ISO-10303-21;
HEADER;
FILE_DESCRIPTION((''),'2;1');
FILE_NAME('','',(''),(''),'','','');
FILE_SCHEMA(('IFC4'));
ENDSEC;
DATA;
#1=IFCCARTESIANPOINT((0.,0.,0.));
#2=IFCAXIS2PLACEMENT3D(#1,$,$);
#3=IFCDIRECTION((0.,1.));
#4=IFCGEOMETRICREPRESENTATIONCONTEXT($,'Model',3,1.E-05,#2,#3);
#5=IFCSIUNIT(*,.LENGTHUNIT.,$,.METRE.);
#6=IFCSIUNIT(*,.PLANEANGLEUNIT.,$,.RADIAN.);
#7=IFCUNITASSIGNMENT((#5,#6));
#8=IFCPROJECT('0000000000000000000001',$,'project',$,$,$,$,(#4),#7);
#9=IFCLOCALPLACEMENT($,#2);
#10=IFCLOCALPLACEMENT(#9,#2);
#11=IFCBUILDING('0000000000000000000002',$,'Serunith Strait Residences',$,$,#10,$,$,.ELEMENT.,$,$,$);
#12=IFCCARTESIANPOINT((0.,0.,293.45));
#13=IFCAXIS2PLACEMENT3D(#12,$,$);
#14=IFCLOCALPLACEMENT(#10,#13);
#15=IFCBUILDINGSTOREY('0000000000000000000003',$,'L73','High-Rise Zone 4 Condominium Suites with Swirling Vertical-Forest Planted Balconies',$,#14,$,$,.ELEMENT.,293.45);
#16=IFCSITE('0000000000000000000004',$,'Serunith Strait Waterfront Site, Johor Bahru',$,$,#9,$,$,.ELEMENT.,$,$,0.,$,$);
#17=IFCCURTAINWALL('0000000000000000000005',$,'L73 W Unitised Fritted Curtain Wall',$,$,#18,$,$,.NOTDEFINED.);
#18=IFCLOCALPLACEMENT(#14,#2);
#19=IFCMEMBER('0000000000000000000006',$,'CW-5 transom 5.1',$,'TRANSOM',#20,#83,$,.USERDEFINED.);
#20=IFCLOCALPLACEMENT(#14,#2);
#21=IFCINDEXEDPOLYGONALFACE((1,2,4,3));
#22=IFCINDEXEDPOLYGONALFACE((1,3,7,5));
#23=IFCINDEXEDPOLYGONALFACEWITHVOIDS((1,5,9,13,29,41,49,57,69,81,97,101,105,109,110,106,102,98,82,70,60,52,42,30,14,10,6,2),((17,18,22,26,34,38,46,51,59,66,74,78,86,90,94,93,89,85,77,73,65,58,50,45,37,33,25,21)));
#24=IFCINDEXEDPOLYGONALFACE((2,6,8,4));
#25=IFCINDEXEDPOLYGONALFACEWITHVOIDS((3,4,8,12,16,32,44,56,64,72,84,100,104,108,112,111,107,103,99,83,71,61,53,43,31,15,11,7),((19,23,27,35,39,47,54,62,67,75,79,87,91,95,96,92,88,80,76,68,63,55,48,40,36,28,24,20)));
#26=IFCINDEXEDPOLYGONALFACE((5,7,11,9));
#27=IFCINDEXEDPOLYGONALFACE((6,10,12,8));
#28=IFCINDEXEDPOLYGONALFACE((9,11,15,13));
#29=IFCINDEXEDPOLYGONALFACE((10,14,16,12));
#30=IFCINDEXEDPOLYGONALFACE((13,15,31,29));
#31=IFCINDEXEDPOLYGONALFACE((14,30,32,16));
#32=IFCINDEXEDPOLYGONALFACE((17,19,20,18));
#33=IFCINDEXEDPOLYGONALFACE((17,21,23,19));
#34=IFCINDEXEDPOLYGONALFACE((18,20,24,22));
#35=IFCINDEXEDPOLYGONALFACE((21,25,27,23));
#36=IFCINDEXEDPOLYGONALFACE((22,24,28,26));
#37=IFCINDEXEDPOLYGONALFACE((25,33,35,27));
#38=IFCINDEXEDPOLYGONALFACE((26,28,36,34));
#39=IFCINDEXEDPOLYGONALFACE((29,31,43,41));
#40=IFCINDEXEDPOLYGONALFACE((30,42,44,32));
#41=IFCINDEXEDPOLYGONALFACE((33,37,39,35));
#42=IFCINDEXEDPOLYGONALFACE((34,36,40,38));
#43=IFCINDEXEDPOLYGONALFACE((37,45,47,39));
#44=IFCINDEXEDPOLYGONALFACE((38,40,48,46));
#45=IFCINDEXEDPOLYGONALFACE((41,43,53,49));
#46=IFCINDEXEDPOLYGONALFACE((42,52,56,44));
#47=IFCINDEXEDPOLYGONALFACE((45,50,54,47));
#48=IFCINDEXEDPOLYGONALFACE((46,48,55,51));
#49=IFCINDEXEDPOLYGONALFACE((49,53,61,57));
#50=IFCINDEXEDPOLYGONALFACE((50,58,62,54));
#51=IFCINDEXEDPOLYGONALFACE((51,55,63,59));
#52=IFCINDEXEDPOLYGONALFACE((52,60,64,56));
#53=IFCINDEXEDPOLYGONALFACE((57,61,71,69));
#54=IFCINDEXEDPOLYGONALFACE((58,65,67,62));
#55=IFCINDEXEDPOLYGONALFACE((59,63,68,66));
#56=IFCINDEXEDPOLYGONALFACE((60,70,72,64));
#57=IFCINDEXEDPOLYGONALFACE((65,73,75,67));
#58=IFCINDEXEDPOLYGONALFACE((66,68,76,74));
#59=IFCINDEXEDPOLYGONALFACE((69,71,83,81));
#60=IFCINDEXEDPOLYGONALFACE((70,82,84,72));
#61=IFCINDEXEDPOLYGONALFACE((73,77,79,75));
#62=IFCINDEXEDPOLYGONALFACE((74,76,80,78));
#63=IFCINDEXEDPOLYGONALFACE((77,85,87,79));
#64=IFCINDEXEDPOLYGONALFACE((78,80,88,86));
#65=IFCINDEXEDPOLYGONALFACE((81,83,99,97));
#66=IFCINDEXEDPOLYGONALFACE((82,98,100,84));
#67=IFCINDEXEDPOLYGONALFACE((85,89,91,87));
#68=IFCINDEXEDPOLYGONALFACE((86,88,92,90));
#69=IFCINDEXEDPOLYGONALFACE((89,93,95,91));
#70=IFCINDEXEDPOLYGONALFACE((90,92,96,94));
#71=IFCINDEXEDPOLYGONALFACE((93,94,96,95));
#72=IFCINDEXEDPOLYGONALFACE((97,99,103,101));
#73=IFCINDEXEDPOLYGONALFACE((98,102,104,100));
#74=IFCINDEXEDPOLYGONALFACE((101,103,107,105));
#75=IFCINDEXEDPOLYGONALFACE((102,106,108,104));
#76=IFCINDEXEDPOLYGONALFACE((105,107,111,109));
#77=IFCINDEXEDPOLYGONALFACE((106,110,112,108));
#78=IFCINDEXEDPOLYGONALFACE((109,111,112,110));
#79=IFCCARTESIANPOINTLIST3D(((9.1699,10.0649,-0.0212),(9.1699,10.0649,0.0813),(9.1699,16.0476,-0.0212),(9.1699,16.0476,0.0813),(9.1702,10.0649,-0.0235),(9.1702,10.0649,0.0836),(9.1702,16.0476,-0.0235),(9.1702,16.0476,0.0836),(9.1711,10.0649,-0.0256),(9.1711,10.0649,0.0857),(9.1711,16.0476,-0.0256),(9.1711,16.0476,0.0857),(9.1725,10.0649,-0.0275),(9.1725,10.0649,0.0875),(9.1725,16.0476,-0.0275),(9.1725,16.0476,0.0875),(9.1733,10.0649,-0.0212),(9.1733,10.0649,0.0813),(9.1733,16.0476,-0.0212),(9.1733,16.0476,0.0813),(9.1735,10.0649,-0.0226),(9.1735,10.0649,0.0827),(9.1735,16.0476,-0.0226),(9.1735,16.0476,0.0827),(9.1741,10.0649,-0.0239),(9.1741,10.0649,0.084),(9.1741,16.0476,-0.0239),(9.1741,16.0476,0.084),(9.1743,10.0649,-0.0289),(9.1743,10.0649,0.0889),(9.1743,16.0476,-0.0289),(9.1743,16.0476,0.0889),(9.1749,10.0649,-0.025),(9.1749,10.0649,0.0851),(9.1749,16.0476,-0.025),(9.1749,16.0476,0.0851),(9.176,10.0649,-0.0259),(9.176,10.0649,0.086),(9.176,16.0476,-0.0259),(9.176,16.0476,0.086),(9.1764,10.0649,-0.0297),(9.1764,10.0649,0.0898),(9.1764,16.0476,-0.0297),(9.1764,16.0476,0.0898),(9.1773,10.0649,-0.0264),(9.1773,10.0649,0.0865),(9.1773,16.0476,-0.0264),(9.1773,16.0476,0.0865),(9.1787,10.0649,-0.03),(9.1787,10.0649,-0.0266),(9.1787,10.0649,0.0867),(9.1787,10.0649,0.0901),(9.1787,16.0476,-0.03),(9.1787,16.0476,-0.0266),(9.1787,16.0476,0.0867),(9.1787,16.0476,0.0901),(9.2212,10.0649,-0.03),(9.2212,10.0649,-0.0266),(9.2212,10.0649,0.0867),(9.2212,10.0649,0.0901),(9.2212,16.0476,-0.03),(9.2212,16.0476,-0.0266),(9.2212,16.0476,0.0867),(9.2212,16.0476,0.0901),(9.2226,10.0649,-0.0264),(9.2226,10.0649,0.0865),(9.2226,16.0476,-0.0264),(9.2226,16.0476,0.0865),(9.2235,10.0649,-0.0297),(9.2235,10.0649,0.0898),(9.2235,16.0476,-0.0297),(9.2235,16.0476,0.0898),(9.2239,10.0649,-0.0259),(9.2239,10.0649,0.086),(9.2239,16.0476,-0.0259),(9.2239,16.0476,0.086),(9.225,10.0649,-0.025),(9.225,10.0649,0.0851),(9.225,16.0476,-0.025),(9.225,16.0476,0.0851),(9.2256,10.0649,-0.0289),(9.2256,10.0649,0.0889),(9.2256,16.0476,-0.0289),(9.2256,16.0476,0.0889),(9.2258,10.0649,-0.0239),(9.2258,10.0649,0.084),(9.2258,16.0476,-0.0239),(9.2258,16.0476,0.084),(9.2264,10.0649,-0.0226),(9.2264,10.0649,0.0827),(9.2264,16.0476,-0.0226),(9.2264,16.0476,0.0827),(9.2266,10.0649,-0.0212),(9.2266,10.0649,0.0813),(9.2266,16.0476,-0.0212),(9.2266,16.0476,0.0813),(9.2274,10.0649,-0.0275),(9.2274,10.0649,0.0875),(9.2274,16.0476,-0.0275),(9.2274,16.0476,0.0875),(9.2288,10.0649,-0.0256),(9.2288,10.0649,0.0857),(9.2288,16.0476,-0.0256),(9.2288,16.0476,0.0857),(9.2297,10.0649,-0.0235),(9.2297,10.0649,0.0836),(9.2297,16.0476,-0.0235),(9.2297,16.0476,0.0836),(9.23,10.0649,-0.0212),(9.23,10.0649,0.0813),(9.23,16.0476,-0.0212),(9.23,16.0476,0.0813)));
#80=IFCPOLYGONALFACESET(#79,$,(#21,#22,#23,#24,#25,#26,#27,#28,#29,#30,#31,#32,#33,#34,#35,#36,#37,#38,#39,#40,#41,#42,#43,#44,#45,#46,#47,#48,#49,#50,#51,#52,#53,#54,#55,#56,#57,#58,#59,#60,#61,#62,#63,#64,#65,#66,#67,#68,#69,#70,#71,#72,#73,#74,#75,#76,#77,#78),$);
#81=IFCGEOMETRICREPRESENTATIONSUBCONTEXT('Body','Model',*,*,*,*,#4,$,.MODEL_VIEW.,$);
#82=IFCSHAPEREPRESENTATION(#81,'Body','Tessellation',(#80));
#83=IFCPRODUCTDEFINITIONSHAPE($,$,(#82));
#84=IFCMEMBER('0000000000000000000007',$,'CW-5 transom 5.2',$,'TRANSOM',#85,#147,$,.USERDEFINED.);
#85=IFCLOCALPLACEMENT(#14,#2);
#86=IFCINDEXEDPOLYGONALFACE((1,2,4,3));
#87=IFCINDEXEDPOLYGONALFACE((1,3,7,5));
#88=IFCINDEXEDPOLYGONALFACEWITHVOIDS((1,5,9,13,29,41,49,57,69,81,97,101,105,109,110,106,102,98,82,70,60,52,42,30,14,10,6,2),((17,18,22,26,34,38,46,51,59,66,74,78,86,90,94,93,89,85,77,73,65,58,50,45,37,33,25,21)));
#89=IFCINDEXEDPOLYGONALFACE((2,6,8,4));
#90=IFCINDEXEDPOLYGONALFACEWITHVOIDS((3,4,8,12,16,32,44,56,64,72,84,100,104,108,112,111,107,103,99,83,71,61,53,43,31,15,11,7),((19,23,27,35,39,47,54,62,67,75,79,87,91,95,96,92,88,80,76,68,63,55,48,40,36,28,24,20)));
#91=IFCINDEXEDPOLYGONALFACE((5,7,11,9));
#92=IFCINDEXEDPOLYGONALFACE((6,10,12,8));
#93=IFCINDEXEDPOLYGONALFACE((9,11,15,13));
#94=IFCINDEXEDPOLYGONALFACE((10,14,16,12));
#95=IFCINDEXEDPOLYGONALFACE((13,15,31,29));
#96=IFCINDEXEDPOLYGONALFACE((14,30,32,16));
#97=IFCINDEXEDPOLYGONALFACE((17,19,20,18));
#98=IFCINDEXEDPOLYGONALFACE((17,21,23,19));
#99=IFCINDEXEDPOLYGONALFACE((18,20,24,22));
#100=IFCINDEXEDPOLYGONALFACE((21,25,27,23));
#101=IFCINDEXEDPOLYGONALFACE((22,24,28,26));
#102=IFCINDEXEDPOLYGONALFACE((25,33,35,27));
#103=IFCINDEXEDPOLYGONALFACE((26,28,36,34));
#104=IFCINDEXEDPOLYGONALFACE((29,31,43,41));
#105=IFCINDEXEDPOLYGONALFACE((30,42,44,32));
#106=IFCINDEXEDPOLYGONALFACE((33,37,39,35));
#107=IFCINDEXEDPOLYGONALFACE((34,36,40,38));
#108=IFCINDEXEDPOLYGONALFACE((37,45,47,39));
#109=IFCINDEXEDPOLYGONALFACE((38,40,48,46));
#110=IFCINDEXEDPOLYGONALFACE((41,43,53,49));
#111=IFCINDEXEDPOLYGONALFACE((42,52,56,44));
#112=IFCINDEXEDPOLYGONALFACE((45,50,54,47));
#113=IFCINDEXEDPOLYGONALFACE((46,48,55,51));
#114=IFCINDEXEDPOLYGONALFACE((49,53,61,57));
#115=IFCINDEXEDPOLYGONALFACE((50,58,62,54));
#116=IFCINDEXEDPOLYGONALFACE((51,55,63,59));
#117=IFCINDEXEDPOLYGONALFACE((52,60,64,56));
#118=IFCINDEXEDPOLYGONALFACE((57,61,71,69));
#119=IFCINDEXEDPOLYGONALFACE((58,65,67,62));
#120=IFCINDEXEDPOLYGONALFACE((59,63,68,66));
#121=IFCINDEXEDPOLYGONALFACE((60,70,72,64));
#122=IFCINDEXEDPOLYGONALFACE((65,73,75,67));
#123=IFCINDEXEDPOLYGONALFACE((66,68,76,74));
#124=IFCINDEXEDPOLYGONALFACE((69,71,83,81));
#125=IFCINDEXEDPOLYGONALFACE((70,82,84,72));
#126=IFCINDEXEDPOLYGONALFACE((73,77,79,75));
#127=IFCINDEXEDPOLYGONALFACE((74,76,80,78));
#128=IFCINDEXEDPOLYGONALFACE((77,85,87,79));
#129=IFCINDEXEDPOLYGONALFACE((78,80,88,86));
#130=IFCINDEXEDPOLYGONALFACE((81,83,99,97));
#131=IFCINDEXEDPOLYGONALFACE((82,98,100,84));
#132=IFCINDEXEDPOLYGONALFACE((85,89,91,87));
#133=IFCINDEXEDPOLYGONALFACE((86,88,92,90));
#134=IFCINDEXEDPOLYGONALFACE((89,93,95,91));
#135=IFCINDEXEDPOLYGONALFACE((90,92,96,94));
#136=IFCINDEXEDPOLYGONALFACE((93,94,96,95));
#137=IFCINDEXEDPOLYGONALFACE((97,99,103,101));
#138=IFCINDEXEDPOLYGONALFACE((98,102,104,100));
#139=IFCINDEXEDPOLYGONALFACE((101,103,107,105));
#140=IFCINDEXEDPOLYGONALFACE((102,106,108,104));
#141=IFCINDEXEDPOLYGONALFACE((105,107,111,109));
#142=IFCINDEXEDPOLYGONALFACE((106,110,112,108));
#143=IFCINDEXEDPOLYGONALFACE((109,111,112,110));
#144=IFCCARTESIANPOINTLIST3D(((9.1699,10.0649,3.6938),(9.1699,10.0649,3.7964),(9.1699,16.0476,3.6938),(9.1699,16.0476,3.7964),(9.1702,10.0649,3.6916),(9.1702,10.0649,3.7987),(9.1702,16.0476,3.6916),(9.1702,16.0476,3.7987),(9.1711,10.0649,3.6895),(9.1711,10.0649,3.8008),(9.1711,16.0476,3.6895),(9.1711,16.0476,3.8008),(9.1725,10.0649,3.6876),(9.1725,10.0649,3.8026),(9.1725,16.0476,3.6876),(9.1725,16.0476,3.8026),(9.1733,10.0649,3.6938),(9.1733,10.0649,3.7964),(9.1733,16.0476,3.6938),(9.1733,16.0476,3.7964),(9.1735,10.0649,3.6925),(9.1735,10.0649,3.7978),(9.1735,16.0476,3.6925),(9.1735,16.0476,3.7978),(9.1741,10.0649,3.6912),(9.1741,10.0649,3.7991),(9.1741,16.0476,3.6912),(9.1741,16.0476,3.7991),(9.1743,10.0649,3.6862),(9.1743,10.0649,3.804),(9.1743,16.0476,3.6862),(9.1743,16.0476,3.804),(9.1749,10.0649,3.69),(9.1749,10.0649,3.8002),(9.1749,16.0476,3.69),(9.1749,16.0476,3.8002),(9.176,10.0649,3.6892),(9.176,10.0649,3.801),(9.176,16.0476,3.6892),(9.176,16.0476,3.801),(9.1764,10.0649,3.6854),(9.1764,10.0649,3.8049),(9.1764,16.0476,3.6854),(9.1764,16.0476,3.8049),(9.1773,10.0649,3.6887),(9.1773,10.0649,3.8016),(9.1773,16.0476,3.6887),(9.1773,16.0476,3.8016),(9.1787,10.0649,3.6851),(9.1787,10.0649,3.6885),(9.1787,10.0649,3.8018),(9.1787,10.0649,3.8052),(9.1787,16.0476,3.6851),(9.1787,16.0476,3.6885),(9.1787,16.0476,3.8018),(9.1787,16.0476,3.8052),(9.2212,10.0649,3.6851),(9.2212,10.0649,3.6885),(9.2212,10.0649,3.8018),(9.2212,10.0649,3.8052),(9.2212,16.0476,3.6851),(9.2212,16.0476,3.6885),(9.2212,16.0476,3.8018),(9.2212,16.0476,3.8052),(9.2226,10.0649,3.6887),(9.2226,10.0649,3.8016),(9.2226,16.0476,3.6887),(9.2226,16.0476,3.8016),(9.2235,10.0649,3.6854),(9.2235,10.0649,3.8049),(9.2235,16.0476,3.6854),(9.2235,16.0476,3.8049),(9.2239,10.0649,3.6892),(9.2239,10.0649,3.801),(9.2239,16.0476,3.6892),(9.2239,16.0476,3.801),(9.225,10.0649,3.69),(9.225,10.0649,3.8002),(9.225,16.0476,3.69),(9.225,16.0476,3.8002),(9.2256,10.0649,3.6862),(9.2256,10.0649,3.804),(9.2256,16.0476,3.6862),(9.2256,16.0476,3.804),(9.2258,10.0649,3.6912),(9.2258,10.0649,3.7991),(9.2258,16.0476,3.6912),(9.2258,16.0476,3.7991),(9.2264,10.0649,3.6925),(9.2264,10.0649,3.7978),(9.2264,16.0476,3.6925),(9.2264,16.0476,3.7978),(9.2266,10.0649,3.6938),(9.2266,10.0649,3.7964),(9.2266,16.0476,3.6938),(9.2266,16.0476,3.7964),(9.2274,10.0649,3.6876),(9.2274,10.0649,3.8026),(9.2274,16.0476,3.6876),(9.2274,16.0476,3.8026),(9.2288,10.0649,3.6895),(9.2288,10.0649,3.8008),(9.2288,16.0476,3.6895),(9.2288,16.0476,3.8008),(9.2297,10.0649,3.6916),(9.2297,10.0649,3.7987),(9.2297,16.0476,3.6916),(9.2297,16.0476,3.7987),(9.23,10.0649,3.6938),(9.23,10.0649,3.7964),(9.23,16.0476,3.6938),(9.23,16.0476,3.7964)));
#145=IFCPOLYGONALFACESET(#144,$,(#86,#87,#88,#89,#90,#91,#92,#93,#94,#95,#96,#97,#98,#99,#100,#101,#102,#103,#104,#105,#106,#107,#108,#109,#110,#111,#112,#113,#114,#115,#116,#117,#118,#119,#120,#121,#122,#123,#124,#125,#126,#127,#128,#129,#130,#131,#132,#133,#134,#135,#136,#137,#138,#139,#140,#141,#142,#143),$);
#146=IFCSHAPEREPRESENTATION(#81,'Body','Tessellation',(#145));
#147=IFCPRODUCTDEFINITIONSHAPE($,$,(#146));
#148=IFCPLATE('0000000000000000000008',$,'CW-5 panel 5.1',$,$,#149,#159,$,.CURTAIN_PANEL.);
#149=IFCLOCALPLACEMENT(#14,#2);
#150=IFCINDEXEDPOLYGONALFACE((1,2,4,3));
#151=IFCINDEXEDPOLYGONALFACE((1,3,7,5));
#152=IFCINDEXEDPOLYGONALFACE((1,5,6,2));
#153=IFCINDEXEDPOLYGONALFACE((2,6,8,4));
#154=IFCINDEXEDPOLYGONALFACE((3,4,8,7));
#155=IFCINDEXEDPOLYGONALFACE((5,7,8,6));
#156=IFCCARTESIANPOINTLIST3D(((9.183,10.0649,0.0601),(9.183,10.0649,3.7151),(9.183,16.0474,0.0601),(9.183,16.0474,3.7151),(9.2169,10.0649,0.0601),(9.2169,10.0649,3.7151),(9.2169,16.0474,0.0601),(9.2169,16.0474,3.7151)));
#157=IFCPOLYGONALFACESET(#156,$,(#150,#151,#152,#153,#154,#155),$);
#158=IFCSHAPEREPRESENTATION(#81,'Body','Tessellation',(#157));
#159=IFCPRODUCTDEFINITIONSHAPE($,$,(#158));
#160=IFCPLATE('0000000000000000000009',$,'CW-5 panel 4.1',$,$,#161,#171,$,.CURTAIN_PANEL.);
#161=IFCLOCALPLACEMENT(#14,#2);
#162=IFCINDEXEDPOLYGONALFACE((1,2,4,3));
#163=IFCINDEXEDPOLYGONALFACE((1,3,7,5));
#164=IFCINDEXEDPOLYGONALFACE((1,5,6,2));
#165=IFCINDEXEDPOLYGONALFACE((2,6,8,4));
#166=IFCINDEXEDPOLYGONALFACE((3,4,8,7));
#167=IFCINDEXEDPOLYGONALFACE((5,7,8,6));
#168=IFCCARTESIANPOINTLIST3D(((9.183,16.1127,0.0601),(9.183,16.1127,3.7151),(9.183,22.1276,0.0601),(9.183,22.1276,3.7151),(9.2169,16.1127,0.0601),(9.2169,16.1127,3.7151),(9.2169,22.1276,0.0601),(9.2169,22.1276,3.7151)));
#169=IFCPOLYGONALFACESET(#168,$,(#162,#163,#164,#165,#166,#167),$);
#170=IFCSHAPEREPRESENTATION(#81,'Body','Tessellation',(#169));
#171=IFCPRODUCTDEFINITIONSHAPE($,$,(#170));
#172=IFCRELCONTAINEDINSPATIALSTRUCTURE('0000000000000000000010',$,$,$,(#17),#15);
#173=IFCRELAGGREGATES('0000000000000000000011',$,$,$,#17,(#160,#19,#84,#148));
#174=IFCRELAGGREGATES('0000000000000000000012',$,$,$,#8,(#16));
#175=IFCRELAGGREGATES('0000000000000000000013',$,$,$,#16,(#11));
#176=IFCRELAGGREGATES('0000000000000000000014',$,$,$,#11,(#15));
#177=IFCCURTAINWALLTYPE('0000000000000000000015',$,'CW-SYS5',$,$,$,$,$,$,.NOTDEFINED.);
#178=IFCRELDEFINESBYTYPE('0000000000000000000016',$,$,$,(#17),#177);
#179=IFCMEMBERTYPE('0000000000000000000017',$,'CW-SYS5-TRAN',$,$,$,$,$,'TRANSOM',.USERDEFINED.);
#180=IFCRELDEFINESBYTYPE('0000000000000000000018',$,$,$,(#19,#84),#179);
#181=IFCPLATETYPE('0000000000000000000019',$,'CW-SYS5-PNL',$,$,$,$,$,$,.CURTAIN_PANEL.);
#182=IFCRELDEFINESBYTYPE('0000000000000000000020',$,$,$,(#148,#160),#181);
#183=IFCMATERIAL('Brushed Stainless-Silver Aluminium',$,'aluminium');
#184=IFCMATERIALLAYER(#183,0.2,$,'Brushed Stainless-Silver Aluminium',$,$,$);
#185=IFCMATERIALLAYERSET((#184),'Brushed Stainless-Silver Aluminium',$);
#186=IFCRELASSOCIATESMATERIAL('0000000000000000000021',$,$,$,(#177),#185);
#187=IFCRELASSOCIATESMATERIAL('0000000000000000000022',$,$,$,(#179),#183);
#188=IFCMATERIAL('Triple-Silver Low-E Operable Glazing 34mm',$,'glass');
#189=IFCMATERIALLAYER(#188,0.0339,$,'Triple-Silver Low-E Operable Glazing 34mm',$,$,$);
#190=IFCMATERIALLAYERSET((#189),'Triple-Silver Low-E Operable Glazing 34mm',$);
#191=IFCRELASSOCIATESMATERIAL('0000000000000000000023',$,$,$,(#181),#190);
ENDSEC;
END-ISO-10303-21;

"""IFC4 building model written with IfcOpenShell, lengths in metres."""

from ifc_helpers import new_model, si_unit, direction, frame, origin, origin_2d, place, context, subcontext, project, spatial, rectangle, hollow_rectangle, extrude, source, transform, mapped, material, layer, layer_set, material_profile, profile_set, type_object, element, aggregate, save


model = new_model("IFC4")

# Units and contexts
model_context = context("Model", 3, precision=1e-05, world=origin(), true_north=direction((0.0, 1.0)))
body_context = subcontext(model_context, "Body", "Model", "MODEL_VIEW")
ifc_project = project(units=[si_unit("LENGTHUNIT", "METRE"), si_unit("PLANEANGLEUNIT", "RADIAN")], contexts=[model_context])

# Site, building, storey
site_placement = place(None, origin())
site = spatial("IfcSite", under=ifc_project, at=site_placement, Name="Serunith Strait Waterfront Site, Johor Bahru", CompositionType="ELEMENT", RefElevation=0.0)
building_placement = place(site_placement, origin())
building = spatial("IfcBuilding", under=site, at=building_placement, Name="Serunith Strait Residences", CompositionType="ELEMENT")
storey_placement = place(building_placement, frame((0.0, 0.0, 293.45)))
storey = spatial("IfcBuildingStorey", under=building, at=storey_placement, Name="L73", Description="High-Rise Zone 4 Condominium Suites with Swirling Vertical-Forest Planted Balconies", CompositionType="ELEMENT", Elevation=293.45)

# Curtain wall, members, plates
ifc_material_1 = material(Name="Brushed Stainless-Silver Aluminium", Category="aluminium")
ifc_layer_1 = layer(ifc_material_1, 0.2, Name="Brushed Stainless-Silver Aluminium")
ifc_layer_set_1 = layer_set([ifc_layer_1], Name="Brushed Stainless-Silver Aluminium")
curtain_wall_type = type_object("IfcCurtainWallType", Name="CW-SYS5", PredefinedType="NOTDEFINED", material=ifc_layer_set_1)
curtain_wall_placement = place(storey_placement, origin())
curtain_wall = element("IfcCurtainWall", 1, at=curtain_wall_placement, inside=storey, type_object=curtain_wall_type, Name="L73 W Unitised Fritted Curtain Wall", PredefinedType="NOTDEFINED")
ifc_material_profile_1 = material_profile(ifc_material_1, hollow_rectangle(XDim=0.0601, YDim=0.1201, WallThickness=0.0034, InnerFilletRadius=0.0054, OuterFilletRadius=0.0088, at=origin_2d()), Name="ALU 120x60x3.5")
ifc_profile_set_1 = profile_set([ifc_material_profile_1], Name="Brushed Stainless-Silver Aluminium")
member_type_1 = type_object("IfcMemberType", Name="CW-SYS5-TRAN", ElementType="TRANSOM", PredefinedType="USERDEFINED", material=ifc_profile_set_1)
shared_shape_1 = source(origin(), body_context, "Body", "SweptSolid", [
    extrude(hollow_rectangle(XDim=0.0601, YDim=0.1201, WallThickness=0.0034, InnerFilletRadius=0.0054, OuterFilletRadius=0.0088, at=origin_2d()), origin(), (0.0, 0.0, 1.0), 5.9827),
])
member_1_placement = place(storey_placement, frame((9.2, 16.0476, 0.03), z_axis=(0.0, -1.0, 0.0), x_axis=(1.0, 0.0, 0.0)))
member_1 = element("IfcMember", 2, at=member_1_placement, type_object=member_type_1, Name="CW-5 transom 5.1", ObjectType="TRANSOM", PredefinedType="USERDEFINED", context=body_context, shape_type="MappedRepresentation", body=[
    mapped(shared_shape_1, transform((0.0, 0.0, 0.0), scale=1.0)),
])
member_2_placement = place(storey_placement, frame((9.2, 16.0476, 3.7451), z_axis=(0.0, -1.0, 0.0), x_axis=(1.0, 0.0, 0.0)))
member_2 = element("IfcMember", 3, at=member_2_placement, type_object=member_type_1, Name="CW-5 transom 5.2", ObjectType="TRANSOM", PredefinedType="USERDEFINED", context=body_context, shape_type="MappedRepresentation", body=[
    mapped(shared_shape_1, transform((0.0, 0.0, 0.0), scale=1.0)),
])
ifc_material_2 = material(Name="Triple-Silver Low-E Operable Glazing 34mm", Category="glass")
ifc_layer_2 = layer(ifc_material_2, 0.0339, Name="Triple-Silver Low-E Operable Glazing 34mm")
ifc_layer_set_2 = layer_set([ifc_layer_2], Name="Triple-Silver Low-E Operable Glazing 34mm")
plate_type = type_object("IfcPlateType", Name="CW-SYS5-PNL", PredefinedType="CURTAIN_PANEL", material=ifc_layer_set_2)
shared_shape_2 = source(origin(), body_context, "Body", "SweptSolid", [
    extrude(rectangle(XDim=5.9824, YDim=0.0339, at=origin_2d()), origin(), (0.0, 0.0, 1.0), 3.655),
])
plate_1_placement = place(storey_placement, frame((9.2, 13.0562, 0.0601), z_axis=(0.0, 0.0, 1.0), x_axis=(0.0, -1.0, 0.0)))
plate_1 = element("IfcPlate", 4, at=plate_1_placement, type_object=plate_type, Name="CW-5 panel 5.1", PredefinedType="CURTAIN_PANEL", context=body_context, shape_type="MappedRepresentation", body=[
    mapped(shared_shape_2, transform((0.0, 0.0, 0.0), scale=1.0)),
])
shared_shape_3 = source(origin(), body_context, "Body", "SweptSolid", [
    extrude(rectangle(XDim=6.0149, YDim=0.0339, at=origin_2d()), origin(), (0.0, 0.0, 1.0), 3.655),
])
plate_2_placement = place(storey_placement, frame((9.2, 19.1201, 0.0601), z_axis=(0.0, 0.0, 1.0), x_axis=(0.0, -1.0, 0.0)))
plate_2 = element("IfcPlate", 5, at=plate_2_placement, type_object=plate_type, Name="CW-5 panel 4.1", PredefinedType="CURTAIN_PANEL", context=body_context, shape_type="MappedRepresentation", body=[
    mapped(shared_shape_3, transform((0.0, 0.0, 0.0), scale=1.0)),
])
aggregate(curtain_wall, [plate_2, member_1, member_2, plate_1])

save(model, "model.ifc")
